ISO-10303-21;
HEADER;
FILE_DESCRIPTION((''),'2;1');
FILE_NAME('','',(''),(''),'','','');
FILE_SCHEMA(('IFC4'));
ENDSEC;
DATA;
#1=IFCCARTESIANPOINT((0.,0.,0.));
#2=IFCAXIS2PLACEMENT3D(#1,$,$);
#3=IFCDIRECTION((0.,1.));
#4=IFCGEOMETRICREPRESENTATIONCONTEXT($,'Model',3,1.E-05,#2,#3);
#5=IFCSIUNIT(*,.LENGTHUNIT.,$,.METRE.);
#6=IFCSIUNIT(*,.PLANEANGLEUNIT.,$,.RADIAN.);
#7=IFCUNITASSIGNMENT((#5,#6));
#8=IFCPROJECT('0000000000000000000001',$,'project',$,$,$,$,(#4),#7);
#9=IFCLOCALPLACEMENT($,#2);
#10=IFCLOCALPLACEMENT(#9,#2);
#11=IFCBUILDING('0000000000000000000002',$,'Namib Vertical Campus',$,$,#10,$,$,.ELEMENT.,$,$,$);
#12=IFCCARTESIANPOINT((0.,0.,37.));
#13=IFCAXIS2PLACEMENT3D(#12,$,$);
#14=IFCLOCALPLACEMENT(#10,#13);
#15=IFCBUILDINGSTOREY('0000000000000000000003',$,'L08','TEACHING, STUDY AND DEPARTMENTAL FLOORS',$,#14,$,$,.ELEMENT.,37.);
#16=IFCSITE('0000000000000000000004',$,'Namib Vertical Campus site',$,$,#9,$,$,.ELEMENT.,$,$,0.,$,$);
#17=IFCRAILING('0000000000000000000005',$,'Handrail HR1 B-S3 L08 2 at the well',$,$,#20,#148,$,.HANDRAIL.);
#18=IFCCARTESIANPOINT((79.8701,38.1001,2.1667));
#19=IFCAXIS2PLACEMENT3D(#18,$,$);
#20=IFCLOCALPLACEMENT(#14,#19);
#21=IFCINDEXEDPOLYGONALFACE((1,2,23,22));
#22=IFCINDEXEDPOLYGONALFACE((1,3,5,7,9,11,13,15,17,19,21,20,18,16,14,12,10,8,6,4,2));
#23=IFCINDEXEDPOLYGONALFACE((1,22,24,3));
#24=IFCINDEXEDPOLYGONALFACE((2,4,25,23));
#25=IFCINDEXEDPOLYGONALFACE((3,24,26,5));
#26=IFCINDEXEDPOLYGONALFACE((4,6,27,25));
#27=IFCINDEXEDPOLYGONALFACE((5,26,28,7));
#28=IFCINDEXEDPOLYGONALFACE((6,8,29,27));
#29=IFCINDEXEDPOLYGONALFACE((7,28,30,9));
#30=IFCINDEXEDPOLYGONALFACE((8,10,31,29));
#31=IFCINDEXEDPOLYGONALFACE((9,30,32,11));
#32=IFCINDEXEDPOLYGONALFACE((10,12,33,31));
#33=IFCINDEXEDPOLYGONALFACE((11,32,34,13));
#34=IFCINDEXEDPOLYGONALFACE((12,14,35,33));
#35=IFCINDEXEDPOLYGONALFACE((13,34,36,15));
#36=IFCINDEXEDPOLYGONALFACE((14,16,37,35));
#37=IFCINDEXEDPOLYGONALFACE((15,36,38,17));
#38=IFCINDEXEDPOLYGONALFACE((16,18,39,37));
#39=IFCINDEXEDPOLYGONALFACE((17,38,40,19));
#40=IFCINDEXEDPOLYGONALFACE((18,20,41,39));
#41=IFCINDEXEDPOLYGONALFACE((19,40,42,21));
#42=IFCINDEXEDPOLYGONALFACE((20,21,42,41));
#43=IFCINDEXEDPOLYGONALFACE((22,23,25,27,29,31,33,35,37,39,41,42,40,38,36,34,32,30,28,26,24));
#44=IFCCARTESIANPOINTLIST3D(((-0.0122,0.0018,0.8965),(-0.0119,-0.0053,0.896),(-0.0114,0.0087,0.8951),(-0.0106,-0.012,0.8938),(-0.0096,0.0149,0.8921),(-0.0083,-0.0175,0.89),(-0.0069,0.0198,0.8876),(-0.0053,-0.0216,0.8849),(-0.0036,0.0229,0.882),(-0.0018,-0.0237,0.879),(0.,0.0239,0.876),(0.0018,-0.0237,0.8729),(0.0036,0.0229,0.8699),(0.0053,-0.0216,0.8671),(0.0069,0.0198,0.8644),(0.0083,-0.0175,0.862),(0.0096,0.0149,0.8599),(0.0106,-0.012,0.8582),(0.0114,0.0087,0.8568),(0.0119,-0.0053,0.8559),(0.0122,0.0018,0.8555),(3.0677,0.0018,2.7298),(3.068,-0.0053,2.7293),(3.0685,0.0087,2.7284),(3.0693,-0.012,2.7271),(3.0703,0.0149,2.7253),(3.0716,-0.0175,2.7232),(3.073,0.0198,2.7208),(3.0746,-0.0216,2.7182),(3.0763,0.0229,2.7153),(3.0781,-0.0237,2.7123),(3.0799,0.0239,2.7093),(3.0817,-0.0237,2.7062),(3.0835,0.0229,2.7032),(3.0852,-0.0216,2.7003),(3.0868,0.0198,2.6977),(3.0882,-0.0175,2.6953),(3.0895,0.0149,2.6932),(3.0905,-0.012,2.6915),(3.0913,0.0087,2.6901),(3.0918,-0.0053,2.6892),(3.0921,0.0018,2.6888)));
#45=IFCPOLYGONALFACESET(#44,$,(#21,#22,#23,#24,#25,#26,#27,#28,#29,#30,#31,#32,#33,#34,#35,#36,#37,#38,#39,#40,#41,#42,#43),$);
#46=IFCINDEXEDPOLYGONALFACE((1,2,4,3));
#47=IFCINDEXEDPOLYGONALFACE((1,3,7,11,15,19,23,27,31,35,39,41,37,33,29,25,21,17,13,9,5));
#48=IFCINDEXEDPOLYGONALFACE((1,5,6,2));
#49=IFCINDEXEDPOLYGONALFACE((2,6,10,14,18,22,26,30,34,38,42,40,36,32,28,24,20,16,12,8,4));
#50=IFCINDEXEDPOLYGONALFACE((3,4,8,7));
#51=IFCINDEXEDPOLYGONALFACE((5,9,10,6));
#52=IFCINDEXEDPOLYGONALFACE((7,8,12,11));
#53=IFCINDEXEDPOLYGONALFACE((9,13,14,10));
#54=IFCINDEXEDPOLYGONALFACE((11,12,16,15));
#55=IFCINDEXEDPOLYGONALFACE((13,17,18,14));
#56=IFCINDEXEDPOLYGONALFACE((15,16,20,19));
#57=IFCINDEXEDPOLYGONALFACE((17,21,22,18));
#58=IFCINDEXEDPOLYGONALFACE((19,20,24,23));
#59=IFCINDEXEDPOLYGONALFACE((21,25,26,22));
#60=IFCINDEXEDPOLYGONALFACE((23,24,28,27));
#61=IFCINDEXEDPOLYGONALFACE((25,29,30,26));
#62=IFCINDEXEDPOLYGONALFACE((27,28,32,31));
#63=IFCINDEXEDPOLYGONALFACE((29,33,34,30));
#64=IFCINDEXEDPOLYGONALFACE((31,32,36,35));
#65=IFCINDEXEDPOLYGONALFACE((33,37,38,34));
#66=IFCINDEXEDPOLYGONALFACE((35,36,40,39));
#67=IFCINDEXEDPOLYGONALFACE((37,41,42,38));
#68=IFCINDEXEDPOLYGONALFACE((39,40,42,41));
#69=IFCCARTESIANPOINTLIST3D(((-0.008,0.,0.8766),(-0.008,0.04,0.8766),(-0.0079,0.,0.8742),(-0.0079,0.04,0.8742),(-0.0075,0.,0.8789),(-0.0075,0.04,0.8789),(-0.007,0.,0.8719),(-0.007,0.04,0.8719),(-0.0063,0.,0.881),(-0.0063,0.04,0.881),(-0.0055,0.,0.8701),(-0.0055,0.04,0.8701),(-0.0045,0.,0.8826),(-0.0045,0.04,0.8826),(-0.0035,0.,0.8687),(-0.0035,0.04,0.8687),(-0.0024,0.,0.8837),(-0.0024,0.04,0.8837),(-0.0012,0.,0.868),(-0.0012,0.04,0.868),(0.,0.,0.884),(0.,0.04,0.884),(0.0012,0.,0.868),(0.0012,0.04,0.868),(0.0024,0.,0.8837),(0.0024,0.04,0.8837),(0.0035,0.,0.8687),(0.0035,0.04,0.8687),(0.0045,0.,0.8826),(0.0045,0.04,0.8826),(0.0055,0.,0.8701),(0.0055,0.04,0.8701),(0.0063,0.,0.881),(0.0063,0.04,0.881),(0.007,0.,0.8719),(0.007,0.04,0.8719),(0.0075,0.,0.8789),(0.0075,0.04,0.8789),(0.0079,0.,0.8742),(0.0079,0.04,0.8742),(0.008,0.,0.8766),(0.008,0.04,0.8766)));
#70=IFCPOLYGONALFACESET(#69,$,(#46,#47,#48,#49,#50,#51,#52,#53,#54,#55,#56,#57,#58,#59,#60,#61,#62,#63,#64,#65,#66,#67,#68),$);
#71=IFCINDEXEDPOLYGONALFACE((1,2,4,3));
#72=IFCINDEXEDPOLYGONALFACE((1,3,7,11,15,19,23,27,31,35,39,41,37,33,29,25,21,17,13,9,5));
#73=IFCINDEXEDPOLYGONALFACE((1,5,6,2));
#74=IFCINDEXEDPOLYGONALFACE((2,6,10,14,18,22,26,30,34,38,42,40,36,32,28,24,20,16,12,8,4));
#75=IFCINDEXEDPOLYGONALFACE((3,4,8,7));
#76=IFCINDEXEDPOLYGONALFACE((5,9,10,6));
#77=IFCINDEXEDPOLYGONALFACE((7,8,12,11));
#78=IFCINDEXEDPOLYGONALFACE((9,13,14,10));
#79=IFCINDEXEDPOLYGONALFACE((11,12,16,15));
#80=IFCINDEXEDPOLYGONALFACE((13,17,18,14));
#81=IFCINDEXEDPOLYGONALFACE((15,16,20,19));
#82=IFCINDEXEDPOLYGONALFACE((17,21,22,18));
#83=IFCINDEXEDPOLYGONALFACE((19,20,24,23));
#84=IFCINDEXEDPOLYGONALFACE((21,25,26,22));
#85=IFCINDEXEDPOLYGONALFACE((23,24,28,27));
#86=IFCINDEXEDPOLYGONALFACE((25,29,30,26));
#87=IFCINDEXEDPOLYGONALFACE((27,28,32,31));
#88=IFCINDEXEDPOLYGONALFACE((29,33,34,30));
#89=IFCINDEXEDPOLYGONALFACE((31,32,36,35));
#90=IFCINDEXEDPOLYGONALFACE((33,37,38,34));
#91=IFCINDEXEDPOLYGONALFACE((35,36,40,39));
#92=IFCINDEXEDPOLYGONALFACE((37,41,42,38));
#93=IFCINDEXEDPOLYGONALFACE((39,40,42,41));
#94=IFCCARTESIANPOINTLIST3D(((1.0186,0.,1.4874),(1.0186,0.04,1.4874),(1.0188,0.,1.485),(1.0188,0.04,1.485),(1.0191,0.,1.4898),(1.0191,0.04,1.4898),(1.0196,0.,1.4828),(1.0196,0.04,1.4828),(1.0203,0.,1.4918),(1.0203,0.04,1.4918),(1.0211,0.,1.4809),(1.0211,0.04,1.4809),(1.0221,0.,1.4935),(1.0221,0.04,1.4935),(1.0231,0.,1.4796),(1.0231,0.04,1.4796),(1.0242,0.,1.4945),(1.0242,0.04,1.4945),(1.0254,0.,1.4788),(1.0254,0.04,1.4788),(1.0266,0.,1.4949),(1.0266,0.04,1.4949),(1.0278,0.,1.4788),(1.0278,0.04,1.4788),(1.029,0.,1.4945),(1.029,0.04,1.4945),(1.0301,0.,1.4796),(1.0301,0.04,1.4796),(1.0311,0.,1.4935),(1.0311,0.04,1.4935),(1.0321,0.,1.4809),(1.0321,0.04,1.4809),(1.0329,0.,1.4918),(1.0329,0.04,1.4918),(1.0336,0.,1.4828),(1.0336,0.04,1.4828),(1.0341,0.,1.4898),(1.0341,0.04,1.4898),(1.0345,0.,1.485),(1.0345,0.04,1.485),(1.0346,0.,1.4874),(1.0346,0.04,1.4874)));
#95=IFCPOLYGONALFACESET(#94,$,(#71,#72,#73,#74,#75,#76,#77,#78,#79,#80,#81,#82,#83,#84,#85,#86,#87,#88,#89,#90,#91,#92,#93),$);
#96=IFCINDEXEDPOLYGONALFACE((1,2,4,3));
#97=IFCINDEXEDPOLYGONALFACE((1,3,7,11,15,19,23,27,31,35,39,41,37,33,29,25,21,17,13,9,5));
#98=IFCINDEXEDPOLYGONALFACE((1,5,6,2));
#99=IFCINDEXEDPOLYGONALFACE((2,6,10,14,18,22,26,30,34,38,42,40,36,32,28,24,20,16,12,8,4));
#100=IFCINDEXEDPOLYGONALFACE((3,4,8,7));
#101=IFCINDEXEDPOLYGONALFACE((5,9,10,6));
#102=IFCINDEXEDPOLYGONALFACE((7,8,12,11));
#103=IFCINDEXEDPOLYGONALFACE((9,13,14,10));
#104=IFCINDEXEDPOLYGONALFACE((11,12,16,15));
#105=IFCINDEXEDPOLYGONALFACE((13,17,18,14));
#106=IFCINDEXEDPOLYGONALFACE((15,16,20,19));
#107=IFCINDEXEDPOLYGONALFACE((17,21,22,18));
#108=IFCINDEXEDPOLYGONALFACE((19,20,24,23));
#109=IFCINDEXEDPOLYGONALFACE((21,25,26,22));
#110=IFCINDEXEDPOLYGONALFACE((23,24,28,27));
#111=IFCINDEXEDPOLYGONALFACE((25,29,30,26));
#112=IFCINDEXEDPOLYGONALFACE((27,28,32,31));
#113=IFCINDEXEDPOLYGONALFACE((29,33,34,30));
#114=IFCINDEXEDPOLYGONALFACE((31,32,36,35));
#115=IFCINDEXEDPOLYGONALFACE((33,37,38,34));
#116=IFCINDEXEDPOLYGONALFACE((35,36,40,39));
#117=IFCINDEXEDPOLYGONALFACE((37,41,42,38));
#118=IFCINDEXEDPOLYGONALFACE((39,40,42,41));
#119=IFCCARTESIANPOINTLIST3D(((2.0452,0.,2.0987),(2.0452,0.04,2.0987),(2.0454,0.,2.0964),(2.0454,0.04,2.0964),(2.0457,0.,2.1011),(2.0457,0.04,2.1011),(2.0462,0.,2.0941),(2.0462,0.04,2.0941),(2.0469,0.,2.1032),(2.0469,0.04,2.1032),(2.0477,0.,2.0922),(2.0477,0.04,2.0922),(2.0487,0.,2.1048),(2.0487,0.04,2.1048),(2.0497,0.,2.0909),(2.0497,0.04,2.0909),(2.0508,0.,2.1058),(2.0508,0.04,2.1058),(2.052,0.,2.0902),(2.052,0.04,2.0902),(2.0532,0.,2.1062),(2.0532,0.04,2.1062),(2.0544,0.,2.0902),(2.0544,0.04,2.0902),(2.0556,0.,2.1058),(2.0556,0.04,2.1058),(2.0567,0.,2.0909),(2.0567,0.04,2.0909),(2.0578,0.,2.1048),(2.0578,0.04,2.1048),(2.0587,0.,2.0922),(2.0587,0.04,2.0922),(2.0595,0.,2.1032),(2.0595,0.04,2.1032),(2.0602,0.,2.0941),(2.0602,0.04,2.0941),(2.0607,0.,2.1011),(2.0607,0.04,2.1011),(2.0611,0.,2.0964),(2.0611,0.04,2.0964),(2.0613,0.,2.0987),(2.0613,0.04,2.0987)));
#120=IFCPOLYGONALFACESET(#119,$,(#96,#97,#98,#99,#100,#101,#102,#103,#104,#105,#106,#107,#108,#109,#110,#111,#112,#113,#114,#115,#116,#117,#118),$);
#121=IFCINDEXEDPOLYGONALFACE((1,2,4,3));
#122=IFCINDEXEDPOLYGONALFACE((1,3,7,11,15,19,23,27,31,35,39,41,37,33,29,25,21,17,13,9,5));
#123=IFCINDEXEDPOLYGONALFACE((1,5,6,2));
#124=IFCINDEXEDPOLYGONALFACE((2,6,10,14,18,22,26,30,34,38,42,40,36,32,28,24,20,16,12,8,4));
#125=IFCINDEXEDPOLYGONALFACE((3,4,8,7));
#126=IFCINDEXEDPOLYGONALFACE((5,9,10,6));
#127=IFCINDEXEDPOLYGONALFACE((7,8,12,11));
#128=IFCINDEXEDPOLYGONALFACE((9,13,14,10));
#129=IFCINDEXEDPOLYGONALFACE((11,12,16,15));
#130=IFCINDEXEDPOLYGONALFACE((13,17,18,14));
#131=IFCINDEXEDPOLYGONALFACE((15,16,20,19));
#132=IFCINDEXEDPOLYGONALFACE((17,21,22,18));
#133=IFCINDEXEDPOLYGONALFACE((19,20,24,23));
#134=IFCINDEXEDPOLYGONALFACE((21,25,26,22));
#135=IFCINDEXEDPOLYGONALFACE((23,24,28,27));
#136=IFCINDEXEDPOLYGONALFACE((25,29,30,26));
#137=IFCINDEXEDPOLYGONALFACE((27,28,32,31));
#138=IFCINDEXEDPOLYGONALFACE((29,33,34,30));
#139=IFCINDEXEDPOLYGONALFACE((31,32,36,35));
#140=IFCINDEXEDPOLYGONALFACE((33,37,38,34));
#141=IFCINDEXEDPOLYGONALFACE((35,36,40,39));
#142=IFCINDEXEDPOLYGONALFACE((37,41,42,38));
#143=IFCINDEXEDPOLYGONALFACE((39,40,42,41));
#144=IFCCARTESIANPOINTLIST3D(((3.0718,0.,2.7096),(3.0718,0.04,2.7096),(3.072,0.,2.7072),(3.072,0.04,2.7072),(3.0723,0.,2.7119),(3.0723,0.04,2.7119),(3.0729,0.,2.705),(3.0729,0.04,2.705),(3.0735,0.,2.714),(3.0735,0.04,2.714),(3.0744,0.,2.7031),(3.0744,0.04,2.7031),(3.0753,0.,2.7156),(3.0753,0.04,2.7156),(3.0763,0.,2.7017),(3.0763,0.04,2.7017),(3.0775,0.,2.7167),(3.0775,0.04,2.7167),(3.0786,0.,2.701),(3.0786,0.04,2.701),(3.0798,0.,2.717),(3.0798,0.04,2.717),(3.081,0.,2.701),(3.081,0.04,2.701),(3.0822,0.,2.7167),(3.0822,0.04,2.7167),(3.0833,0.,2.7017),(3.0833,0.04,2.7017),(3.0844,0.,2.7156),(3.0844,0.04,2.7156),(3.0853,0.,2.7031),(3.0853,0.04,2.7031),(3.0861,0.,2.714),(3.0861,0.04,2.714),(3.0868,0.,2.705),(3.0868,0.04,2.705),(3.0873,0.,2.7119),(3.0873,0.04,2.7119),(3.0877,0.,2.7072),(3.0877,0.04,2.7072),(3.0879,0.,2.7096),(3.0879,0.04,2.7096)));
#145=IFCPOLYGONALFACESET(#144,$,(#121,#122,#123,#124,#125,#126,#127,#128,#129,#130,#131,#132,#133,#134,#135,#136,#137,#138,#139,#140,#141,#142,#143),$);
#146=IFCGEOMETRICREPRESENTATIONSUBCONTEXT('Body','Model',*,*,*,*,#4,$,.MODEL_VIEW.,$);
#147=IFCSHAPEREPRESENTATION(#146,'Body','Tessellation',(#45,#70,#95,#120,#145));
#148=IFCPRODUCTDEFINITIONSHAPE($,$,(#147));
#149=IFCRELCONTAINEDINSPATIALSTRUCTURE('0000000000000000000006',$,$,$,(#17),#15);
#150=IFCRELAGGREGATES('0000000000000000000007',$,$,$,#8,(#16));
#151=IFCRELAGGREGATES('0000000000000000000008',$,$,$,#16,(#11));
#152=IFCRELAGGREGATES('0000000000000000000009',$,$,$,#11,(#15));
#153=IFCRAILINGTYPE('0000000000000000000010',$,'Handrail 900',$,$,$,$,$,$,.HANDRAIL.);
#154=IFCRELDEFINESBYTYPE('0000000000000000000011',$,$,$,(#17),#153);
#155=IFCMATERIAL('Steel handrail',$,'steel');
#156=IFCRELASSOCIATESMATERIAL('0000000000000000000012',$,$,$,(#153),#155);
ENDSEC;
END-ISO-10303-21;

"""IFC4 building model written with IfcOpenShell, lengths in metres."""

from ifc_helpers import new_model, si_unit, direction, frame, origin, origin_2d, place, context, subcontext, project, spatial, circle, extrude, material, type_object, element, save


model = new_model("IFC4")

# Units and contexts
model_context = context("Model", 3, precision=1e-05, world=origin(), true_north=direction((0.0, 1.0)))
body_context = subcontext(model_context, "Body", "Model", "MODEL_VIEW")
ifc_project = project(units=[si_unit("LENGTHUNIT", "METRE"), si_unit("PLANEANGLEUNIT", "RADIAN")], contexts=[model_context])

# Site, building, storey
site_placement = place(None, origin())
site = spatial("IfcSite", under=ifc_project, at=site_placement, Name="Namib Vertical Campus site", CompositionType="ELEMENT", RefElevation=0.0)
building_placement = place(site_placement, origin())
building = spatial("IfcBuilding", under=site, at=building_placement, Name="Namib Vertical Campus", CompositionType="ELEMENT")
storey_placement = place(building_placement, frame((0.0, 0.0, 37.0)))
storey = spatial("IfcBuildingStorey", under=building, at=storey_placement, Name="L08", Description="TEACHING, STUDY AND DEPARTMENTAL FLOORS", CompositionType="ELEMENT", Elevation=37.0)

# Railing
ifc_material_1 = material(Name="Steel handrail", Category="steel")
railing_type_1 = type_object("IfcRailingType", Name="Handrail 900", PredefinedType="HANDRAIL", material=ifc_material_1)
railing_1_placement = place(storey_placement, frame((79.8701, 38.1001, 2.1667)))
element("IfcRailing", 1, at=railing_1_placement, inside=storey, type_object=railing_type_1, Name="Handrail HR1 B-S3 L08 2 at the well", PredefinedType="HANDRAIL", context=body_context, shape_type="SweptSolid", body=[
    extrude(circle(Radius=0.0239, at=origin_2d()), frame((0.0, 0.0, 0.876), z_axis=(0.859291, 0.0, 0.511487), x_axis=(0.0, 1.0, 0.0)), (0.0, 0.0, 1.0), 3.5842),
    extrude(circle(Radius=0.0081, at=origin_2d()), frame((0.0, 0.0, 0.876), z_axis=(0.0, 1.0, 0.0), x_axis=(0.0, 0.0, 1.0)), (0.0, 0.0, 1.0), 0.04),
    extrude(circle(Radius=0.0081, at=origin_2d()), frame((1.0266, 0.0, 1.4868), z_axis=(0.0, 1.0, 0.0), x_axis=(0.0, 0.0, 1.0)), (0.0, 0.0, 1.0), 0.04),
    extrude(circle(Radius=0.0081, at=origin_2d()), frame((2.0532, 0.0, 2.0981), z_axis=(0.0, 1.0, 0.0), x_axis=(0.0, 0.0, 1.0)), (0.0, 0.0, 1.0), 0.04),
    extrude(circle(Radius=0.0081, at=origin_2d()), frame((3.0798, 0.0, 2.709), z_axis=(0.0, 1.0, 0.0), x_axis=(0.0, 0.0, 1.0)), (0.0, 0.0, 1.0), 0.04),
])

save(model, "model.ifc")
